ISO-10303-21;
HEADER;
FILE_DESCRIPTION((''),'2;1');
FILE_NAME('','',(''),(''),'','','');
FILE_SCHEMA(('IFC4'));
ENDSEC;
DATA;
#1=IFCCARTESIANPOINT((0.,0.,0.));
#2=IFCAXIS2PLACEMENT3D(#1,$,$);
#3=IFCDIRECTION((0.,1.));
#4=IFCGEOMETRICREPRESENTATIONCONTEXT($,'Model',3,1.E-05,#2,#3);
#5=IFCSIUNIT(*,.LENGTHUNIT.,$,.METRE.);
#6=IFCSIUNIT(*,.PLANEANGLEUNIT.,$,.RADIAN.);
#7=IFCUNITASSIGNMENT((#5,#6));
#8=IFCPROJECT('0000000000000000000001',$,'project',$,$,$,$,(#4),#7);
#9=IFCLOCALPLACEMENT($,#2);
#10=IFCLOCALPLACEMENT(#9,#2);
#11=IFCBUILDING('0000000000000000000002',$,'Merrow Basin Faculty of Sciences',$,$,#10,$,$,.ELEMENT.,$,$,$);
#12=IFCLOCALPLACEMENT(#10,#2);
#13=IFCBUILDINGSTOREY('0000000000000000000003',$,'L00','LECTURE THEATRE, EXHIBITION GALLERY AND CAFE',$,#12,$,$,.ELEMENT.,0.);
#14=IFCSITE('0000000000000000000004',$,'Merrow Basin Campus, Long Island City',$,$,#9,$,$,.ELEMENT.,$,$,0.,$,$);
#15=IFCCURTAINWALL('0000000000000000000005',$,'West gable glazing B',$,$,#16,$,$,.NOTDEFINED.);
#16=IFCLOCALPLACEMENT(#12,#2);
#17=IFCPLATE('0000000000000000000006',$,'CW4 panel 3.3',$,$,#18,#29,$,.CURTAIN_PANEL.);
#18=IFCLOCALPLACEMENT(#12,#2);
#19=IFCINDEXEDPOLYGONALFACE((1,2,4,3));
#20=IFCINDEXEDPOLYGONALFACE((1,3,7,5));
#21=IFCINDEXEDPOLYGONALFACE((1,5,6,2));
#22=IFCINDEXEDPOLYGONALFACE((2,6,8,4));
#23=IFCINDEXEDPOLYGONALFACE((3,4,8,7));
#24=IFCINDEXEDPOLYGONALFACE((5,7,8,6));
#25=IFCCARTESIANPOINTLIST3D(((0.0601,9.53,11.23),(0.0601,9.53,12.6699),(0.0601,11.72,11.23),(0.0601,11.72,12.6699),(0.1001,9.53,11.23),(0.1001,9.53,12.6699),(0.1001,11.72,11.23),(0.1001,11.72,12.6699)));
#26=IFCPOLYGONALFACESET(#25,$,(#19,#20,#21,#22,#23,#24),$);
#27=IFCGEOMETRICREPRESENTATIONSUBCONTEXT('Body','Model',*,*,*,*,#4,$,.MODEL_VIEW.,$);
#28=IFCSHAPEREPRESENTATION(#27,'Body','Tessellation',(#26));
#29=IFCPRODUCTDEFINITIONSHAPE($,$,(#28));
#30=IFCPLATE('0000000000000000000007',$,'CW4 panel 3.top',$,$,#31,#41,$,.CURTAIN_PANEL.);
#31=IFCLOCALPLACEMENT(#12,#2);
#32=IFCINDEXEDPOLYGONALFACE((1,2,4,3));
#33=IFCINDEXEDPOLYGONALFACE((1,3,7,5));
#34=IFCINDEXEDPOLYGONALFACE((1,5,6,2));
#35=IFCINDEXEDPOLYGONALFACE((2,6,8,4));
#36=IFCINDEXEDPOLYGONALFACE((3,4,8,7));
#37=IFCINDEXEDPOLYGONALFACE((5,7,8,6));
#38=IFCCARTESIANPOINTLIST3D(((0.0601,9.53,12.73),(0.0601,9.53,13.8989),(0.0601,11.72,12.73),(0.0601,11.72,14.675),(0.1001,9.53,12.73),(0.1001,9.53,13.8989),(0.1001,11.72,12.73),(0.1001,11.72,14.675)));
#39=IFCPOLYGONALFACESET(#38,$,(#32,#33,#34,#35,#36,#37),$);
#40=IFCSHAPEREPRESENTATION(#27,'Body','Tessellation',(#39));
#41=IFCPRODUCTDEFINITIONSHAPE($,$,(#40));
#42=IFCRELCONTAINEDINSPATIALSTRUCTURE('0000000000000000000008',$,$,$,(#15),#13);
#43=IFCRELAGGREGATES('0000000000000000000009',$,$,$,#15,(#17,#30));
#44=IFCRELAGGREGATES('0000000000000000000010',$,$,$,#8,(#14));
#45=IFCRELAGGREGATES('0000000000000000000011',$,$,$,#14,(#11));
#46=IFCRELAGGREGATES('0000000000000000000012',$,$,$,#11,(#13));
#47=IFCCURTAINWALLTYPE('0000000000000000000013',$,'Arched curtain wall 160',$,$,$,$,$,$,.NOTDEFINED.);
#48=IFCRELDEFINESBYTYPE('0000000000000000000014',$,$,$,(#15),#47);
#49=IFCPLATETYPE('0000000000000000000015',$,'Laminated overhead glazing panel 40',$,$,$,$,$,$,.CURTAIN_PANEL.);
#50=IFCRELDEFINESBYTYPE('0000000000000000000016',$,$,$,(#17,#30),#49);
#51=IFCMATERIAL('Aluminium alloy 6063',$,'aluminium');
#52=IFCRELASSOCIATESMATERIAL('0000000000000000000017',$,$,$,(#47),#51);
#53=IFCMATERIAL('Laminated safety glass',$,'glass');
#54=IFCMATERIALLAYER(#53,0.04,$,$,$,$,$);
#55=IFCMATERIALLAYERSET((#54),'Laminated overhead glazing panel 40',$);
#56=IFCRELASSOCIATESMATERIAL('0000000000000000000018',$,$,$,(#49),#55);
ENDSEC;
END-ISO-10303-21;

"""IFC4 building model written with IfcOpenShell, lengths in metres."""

from ifc_helpers import new_model, si_unit, direction, frame, origin, place, context, subcontext, project, spatial, polyline, outline, extrude, material, layer, layer_set, type_object, element, aggregate, save


model = new_model("IFC4")

# Units and contexts
model_context = context("Model", 3, precision=1e-05, world=origin(), true_north=direction((0.0, 1.0)))
body_context = subcontext(model_context, "Body", "Model", "MODEL_VIEW")
ifc_project = project(units=[si_unit("LENGTHUNIT", "METRE"), si_unit("PLANEANGLEUNIT", "RADIAN")], contexts=[model_context])

# Site, building, storey
site_placement = place(None, origin())
site = spatial("IfcSite", under=ifc_project, at=site_placement, Name="Merrow Basin Campus, Long Island City", CompositionType="ELEMENT", RefElevation=0.0)
building_placement = place(site_placement, origin())
building = spatial("IfcBuilding", under=site, at=building_placement, Name="Merrow Basin Faculty of Sciences", CompositionType="ELEMENT")
storey_placement = place(building_placement, origin())
storey = spatial("IfcBuildingStorey", under=building, at=storey_placement, Name="L00", Description="LECTURE THEATRE, EXHIBITION GALLERY AND CAFE", CompositionType="ELEMENT", Elevation=0.0)

# Curtain wall
ifc_material_1 = material(Name="Aluminium alloy 6063", Category="aluminium")
curtain_wall_type_1 = type_object("IfcCurtainWallType", Name="Arched curtain wall 160", PredefinedType="NOTDEFINED", material=ifc_material_1)
curtain_wall_1_placement = place(storey_placement, origin())
curtain_wall_1 = element("IfcCurtainWall", 1, at=curtain_wall_1_placement, inside=storey, type_object=curtain_wall_type_1, Name="West gable glazing B", PredefinedType="NOTDEFINED")

# Plates
ifc_material_2 = material(Name="Laminated safety glass", Category="glass")
ifc_layer = layer(ifc_material_2, 0.04)
ifc_layer_set = layer_set([ifc_layer], Name="Laminated overhead glazing panel 40")
plate_type = type_object("IfcPlateType", Name="Laminated overhead glazing panel 40", PredefinedType="CURTAIN_PANEL", material=ifc_layer_set)
plate_1_placement = place(storey_placement, frame((0.0601, 9.53, 11.23), z_axis=(1.0, 0.0, 0.0), x_axis=(0.0, 1.0, 0.0)))
plate_1 = element("IfcPlate", 2, at=plate_1_placement, type_object=plate_type, Name="CW4 panel 3.3", PredefinedType="CURTAIN_PANEL", context=body_context, shape_type="SweptSolid", body=[
    extrude(outline(polyline([(0.0, 0.0), (2.1899, 0.0), (2.1899, 1.4399), (0.0, 1.4399), (0.0, 0.0)])), origin(), (0.0, 0.0, 1.0), 0.04),
])
plate_2_placement = place(storey_placement, frame((0.0601, 9.53, 12.73), z_axis=(1.0, 0.0, 0.0), x_axis=(0.0, 1.0, 0.0)))
plate_2 = element("IfcPlate", 3, at=plate_2_placement, type_object=plate_type, Name="CW4 panel 3.top", PredefinedType="CURTAIN_PANEL", context=body_context, shape_type="SweptSolid", body=[
    extrude(outline(polyline([(0.0, 0.0), (2.1899, 0.0), (2.1899, 1.9451), (0.0, 1.1689), (0.0, 0.0)])), origin(), (0.0, 0.0, 1.0), 0.04),
])
aggregate(curtain_wall_1, [plate_1, plate_2])

save(model, "model.ifc")
